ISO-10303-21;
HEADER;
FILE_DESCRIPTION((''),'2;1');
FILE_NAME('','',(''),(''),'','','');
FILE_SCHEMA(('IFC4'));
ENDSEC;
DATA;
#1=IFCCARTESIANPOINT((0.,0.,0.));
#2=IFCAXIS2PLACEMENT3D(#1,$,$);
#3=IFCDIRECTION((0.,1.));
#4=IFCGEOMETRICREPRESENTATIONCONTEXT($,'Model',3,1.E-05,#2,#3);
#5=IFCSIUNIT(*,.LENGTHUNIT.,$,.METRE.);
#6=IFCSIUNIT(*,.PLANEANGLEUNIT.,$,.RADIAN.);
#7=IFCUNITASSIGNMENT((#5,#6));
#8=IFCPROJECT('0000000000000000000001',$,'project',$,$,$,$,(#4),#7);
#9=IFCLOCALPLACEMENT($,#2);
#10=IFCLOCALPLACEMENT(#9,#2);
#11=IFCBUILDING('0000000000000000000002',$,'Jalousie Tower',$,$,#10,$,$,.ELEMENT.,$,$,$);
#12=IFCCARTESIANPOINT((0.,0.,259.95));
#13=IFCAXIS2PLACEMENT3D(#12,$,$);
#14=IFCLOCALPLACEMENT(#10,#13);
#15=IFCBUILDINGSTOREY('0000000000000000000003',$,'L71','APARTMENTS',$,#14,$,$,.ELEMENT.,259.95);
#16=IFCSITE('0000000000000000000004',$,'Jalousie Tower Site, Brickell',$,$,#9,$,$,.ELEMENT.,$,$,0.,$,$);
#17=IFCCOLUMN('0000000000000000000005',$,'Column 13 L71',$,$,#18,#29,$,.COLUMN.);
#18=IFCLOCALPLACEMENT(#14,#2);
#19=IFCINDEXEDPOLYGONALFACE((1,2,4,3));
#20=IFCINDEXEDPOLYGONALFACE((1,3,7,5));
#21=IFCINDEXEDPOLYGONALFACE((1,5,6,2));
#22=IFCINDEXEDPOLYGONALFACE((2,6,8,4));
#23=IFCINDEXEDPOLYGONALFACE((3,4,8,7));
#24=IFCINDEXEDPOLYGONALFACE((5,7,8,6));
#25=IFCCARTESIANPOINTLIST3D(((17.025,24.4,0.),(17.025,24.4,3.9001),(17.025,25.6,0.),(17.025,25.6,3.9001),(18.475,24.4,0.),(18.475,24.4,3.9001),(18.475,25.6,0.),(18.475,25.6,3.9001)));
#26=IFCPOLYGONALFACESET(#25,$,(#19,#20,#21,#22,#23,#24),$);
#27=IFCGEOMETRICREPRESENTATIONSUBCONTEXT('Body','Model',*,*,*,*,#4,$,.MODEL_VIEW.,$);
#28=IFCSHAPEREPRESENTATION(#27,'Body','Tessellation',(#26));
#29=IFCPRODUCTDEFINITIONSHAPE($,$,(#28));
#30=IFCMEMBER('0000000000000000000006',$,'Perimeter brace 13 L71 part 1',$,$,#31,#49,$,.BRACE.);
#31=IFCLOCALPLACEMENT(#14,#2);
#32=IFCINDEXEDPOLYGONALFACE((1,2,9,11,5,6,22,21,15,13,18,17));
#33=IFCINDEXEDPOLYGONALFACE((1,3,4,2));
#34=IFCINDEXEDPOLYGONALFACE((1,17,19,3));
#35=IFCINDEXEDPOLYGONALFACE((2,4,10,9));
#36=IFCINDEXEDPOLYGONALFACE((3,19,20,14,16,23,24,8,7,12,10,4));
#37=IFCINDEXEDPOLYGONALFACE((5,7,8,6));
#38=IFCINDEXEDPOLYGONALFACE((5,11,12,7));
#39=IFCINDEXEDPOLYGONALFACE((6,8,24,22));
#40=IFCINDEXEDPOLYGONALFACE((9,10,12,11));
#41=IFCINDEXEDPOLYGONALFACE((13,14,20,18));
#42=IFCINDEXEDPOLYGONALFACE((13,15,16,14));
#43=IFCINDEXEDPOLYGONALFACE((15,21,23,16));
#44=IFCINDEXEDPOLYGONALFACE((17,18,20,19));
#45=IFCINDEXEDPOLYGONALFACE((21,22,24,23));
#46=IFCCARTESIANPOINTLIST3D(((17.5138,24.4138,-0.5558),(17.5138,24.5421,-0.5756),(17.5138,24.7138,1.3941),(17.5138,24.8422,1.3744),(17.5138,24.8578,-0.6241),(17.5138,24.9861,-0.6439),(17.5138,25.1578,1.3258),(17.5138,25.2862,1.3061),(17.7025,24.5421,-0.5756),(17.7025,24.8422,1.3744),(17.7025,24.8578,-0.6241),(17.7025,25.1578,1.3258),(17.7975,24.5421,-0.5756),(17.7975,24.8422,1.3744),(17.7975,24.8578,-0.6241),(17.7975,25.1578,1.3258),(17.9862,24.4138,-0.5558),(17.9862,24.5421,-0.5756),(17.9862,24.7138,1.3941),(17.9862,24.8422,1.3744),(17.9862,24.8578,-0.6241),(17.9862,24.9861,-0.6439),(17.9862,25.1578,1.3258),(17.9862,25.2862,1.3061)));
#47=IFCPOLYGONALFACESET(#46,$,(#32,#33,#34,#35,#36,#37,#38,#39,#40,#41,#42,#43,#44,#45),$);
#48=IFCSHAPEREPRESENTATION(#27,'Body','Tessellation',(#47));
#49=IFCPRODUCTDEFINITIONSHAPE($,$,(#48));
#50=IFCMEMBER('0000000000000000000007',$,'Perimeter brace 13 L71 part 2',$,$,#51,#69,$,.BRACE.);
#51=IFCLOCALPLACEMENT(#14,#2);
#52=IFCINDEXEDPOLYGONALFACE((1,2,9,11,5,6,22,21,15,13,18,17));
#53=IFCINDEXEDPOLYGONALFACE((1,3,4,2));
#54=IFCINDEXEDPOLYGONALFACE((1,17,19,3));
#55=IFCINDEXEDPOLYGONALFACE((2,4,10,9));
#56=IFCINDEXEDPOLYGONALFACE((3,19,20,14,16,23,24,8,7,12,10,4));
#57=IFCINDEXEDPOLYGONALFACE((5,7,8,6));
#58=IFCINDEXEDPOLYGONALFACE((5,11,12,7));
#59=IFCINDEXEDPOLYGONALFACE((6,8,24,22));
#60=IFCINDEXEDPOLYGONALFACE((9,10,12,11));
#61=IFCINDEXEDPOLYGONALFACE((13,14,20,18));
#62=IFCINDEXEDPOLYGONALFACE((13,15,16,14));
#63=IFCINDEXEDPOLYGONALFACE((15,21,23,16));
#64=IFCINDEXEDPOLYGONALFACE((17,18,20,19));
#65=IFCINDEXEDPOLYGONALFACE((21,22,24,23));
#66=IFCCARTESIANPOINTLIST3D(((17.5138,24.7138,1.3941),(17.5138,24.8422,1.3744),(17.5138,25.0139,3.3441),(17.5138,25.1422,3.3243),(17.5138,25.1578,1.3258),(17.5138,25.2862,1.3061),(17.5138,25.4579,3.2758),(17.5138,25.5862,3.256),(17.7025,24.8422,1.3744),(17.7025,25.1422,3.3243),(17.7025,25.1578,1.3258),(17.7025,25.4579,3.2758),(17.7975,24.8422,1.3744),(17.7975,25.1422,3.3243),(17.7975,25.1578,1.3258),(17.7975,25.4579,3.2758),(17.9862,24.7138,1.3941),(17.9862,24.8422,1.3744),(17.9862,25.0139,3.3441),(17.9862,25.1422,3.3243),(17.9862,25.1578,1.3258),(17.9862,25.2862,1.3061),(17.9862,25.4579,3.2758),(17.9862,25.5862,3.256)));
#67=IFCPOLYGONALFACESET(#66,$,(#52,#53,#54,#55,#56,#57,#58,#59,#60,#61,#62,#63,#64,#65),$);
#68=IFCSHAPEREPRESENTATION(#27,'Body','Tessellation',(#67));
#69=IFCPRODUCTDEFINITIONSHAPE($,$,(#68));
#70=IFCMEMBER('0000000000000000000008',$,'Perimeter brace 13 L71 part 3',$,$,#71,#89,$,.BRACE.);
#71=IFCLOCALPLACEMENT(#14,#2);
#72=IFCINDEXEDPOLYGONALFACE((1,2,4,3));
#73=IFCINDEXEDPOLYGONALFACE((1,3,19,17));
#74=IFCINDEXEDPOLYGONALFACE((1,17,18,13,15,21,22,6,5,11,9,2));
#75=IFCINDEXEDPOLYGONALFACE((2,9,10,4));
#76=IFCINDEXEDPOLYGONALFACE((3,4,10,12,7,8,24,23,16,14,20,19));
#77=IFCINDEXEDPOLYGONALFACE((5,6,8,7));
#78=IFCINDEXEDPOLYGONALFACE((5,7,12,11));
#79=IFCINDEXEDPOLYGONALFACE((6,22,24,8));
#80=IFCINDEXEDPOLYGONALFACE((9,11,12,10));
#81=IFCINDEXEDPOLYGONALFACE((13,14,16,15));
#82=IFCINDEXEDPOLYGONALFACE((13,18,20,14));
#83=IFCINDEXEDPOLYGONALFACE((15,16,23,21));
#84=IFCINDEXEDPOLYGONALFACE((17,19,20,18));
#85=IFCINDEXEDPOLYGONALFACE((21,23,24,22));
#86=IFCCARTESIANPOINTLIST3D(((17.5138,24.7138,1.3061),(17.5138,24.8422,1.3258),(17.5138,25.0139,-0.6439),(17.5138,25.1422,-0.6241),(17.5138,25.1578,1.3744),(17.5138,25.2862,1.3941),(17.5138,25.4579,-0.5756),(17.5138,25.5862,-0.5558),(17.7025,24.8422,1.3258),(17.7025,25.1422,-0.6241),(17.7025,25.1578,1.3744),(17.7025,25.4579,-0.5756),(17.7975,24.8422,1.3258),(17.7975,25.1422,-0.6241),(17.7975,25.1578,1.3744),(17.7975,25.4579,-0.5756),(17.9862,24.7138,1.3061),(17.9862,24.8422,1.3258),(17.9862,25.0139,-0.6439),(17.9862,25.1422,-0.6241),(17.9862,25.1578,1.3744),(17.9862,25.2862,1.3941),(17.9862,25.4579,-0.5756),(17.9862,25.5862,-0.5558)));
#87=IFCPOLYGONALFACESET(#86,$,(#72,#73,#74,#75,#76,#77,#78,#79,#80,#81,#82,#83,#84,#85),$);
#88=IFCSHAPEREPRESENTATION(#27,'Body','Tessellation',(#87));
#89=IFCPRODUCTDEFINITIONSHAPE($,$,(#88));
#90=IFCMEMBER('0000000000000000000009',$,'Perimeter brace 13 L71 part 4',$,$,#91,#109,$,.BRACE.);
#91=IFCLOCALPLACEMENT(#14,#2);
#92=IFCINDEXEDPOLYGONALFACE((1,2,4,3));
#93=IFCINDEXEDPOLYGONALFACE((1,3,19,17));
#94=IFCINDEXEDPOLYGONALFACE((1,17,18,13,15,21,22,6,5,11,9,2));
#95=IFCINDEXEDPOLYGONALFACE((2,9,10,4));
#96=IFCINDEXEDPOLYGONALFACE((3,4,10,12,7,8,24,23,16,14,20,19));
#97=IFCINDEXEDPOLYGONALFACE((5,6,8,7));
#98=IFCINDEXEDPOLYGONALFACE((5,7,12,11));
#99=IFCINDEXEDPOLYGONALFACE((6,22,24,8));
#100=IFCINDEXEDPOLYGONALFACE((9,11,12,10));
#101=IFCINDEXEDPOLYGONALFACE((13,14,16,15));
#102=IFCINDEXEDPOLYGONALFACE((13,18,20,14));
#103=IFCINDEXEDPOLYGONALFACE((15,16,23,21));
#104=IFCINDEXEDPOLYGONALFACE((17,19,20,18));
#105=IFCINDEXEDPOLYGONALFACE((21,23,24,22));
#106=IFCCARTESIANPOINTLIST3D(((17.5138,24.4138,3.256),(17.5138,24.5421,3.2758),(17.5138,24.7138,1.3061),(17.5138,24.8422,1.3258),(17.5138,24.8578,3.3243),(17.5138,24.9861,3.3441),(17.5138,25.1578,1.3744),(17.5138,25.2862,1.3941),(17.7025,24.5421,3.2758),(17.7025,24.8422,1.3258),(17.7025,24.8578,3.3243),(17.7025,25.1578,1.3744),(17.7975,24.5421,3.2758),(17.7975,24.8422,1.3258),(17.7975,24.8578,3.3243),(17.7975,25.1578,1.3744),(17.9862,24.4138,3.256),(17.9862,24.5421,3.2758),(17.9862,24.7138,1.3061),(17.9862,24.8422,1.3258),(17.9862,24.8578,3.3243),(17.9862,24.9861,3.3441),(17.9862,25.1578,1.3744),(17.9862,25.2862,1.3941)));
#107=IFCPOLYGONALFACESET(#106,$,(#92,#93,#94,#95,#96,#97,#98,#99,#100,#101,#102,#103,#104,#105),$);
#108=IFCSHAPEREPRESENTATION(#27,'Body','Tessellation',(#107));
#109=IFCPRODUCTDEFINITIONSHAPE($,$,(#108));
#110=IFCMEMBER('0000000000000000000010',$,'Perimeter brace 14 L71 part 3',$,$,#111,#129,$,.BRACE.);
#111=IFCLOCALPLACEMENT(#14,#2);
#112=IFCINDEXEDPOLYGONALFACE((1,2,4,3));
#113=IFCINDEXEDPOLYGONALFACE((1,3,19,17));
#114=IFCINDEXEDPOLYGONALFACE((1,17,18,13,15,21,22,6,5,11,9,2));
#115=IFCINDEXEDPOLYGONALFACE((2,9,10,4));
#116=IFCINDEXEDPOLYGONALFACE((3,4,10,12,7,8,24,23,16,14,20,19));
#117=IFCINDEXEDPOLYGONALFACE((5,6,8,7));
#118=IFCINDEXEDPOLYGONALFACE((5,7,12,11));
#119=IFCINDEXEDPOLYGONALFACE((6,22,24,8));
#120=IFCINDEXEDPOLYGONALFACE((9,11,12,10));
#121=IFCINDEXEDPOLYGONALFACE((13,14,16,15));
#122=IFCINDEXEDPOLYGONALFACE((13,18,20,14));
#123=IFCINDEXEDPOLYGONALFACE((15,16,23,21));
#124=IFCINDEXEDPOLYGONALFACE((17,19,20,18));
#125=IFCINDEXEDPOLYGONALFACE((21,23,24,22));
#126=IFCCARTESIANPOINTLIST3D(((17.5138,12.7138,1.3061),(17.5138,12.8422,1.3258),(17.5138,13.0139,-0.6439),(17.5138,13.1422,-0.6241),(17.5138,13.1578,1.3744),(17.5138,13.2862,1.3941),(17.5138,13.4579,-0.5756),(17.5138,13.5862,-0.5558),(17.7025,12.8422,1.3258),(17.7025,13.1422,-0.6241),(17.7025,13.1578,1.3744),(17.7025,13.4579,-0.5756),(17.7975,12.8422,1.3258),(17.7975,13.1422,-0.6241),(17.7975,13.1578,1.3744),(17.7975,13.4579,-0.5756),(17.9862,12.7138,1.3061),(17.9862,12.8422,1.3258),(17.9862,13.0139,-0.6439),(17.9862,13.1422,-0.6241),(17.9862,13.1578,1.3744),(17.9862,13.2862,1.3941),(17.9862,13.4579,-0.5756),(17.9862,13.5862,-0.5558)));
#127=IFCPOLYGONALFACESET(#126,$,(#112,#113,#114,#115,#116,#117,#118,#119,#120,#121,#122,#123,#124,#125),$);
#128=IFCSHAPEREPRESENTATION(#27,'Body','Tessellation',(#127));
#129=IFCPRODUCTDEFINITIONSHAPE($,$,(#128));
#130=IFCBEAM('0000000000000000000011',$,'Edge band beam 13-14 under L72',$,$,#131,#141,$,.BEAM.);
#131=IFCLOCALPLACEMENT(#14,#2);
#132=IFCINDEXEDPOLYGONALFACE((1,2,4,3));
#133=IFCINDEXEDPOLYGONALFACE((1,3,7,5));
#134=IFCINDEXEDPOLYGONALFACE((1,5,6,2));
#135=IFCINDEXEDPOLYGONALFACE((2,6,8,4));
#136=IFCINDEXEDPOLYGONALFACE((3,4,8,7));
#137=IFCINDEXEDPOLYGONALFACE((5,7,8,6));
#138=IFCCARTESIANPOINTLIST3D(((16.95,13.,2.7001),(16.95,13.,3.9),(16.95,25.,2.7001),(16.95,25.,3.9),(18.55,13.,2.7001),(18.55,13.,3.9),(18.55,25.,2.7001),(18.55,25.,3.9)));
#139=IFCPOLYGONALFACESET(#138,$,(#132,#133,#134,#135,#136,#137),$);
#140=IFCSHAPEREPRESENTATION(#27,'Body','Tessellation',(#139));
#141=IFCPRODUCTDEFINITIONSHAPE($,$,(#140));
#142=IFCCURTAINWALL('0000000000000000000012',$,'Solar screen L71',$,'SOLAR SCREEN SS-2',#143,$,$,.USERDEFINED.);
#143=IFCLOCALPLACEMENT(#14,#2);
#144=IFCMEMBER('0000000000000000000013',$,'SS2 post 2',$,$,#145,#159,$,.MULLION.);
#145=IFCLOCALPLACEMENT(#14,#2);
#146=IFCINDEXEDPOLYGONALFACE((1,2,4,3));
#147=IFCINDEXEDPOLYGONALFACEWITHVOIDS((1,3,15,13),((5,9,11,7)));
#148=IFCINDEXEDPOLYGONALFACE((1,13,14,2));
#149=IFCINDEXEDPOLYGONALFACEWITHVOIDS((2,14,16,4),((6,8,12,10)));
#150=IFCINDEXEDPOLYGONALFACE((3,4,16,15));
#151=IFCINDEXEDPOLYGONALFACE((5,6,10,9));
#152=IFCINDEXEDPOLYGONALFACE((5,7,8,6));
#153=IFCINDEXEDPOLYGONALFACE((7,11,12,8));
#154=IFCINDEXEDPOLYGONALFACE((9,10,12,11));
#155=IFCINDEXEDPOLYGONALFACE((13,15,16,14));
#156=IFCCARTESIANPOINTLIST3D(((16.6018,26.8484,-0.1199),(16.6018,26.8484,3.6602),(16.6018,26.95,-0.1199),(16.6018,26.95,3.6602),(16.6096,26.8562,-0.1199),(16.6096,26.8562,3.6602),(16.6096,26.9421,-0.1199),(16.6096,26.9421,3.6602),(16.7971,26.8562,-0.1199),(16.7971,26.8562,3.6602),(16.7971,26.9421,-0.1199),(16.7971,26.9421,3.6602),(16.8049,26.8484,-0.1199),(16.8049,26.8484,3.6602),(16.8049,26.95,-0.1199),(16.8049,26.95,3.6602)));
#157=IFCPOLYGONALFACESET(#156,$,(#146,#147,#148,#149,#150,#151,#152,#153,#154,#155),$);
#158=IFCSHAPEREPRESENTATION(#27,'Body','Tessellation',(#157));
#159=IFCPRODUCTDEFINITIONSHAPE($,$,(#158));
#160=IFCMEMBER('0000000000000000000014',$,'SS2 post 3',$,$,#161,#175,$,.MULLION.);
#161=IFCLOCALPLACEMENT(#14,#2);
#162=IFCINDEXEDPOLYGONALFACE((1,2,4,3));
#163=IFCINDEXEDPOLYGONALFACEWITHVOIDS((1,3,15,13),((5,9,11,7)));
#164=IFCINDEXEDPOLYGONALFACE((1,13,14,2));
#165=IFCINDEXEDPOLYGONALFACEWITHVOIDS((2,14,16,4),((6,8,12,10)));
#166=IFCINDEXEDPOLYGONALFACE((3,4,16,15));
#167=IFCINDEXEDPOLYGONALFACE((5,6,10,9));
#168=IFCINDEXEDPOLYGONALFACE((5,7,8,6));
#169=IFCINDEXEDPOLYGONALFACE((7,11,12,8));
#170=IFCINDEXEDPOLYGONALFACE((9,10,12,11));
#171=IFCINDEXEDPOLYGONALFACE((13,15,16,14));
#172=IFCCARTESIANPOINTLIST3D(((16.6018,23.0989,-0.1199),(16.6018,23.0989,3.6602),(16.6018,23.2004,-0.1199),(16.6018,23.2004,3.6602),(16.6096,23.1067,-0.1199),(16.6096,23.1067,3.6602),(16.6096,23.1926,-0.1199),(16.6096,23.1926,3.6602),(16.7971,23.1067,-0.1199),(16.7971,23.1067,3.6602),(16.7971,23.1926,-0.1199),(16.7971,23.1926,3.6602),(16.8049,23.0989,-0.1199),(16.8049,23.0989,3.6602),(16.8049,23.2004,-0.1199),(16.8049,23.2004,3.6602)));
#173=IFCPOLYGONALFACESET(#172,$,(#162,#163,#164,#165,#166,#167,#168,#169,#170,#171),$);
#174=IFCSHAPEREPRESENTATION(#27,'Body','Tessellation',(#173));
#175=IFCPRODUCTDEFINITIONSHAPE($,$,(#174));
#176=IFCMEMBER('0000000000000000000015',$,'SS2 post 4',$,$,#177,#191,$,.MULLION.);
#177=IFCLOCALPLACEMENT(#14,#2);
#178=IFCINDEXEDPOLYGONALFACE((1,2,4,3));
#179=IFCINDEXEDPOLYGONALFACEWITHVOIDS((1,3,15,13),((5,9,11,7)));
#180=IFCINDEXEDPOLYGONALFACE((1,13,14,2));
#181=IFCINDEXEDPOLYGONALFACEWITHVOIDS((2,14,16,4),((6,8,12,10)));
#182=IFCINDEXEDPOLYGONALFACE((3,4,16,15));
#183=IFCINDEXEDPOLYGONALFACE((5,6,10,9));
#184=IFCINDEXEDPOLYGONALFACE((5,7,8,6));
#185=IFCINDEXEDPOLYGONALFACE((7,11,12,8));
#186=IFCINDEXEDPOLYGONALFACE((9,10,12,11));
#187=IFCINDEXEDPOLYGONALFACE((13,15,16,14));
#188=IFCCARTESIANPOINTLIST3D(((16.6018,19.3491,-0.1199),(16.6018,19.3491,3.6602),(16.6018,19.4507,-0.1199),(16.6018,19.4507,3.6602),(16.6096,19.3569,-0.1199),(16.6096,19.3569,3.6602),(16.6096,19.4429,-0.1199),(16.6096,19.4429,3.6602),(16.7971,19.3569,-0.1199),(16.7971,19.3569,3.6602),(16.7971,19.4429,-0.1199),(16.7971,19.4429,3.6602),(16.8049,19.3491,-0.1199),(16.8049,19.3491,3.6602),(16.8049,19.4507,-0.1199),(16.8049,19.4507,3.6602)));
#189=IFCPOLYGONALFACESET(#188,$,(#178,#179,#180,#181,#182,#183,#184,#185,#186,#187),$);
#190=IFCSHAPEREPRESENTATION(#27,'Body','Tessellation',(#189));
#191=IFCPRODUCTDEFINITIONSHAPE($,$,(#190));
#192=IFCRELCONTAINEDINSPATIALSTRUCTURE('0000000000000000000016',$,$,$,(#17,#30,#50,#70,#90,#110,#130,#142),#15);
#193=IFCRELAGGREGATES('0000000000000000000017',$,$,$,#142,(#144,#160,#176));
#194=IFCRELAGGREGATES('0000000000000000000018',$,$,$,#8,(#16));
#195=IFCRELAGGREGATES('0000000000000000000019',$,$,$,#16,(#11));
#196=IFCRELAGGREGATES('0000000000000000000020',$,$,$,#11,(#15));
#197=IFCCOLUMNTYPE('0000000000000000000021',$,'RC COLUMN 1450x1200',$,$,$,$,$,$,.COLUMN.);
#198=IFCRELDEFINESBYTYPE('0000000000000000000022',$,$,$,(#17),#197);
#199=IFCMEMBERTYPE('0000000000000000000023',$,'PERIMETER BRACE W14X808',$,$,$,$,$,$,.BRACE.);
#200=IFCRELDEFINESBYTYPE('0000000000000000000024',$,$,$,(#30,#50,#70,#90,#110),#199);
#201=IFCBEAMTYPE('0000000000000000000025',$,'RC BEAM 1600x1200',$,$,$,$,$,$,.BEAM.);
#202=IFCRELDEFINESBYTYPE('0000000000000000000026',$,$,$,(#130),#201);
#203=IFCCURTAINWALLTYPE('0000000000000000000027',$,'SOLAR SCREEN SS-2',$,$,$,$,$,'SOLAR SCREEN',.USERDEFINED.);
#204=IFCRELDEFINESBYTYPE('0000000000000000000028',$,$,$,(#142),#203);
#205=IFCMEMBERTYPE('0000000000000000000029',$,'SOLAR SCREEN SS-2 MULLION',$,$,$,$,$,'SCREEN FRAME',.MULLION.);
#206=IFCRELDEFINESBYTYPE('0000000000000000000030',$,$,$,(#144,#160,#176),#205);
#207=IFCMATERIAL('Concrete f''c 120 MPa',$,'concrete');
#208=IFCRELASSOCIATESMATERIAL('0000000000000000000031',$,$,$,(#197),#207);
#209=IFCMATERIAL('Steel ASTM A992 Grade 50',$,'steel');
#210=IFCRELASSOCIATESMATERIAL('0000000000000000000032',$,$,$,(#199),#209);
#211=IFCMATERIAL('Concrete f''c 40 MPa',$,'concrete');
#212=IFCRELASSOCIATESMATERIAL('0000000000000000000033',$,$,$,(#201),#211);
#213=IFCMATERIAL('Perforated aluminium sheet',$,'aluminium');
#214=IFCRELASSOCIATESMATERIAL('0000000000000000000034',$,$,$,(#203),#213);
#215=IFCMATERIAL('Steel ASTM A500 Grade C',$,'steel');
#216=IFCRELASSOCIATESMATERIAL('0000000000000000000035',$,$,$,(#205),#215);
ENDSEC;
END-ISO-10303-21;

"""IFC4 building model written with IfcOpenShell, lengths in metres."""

from ifc_helpers import new_model, si_unit, direction, frame, origin, origin_2d, place, context, subcontext, project, spatial, rectangle, hollow_rectangle, i_section, extrude, material, material_profile, profile_set, type_object, element, aggregate, save


model = new_model("IFC4")

# Units and contexts
model_context = context("Model", 3, precision=1e-05, world=origin(), true_north=direction((0.0, 1.0)))
body_context = subcontext(model_context, "Body", "Model", "MODEL_VIEW")
ifc_project = project(units=[si_unit("LENGTHUNIT", "METRE"), si_unit("PLANEANGLEUNIT", "RADIAN")], contexts=[model_context])

# Site, building, storey
site_placement = place(None, origin())
site = spatial("IfcSite", under=ifc_project, at=site_placement, Name="Jalousie Tower Site, Brickell", CompositionType="ELEMENT", RefElevation=0.0)
building_placement = place(site_placement, origin())
building = spatial("IfcBuilding", under=site, at=building_placement, Name="Jalousie Tower", CompositionType="ELEMENT")
storey_placement = place(building_placement, frame((0.0, 0.0, 259.95)))
storey = spatial("IfcBuildingStorey", under=building, at=storey_placement, Name="L71", Description="APARTMENTS", CompositionType="ELEMENT", Elevation=259.95)

# Column
ifc_material_1 = material(Name="Concrete f'c 120 MPa", Category="concrete")
ifc_material_profile_1 = material_profile(ifc_material_1, rectangle(XDim=1.45, YDim=1.2, at=origin_2d()), Name="RC 1450x1200")
ifc_profile_set_1 = profile_set([ifc_material_profile_1], Name="Concrete f'c 120 MPa")
column_type = type_object("IfcColumnType", Name="RC COLUMN 1450x1200", PredefinedType="COLUMN", material=ifc_profile_set_1)
column_placement = place(storey_placement, frame((17.75, 25.0, 0.0), z_axis=(0.0, 0.0, 1.0), x_axis=(1.0, 0.0, 0.0)))
element("IfcColumn", 1, at=column_placement, inside=storey, type_object=column_type, Name="Column 13 L71", PredefinedType="COLUMN", context=body_context, shape_type="SweptSolid", body=[
    extrude(rectangle(XDim=1.45, YDim=1.2, at=origin_2d()), origin(), (0.0, 0.0, 1.0), 3.9001),
])

# Members
ifc_material_2 = material(Name="Steel ASTM A992 Grade 50", Category="steel")
ifc_material_profile_2 = material_profile(ifc_material_2, i_section(OverallWidth=0.4724, OverallDepth=0.5791, WebThickness=0.095, FlangeThickness=0.1299, at=origin_2d()), Name="W14X808")
ifc_profile_set_2 = profile_set([ifc_material_profile_2], Name="Steel ASTM A992 Grade 50")
member_type_1 = type_object("IfcMemberType", Name="PERIMETER BRACE W14X808", PredefinedType="BRACE", material=ifc_profile_set_2)
for number, where, z_axis, x_axis, name in (
    (2, (17.75, 24.7, -0.5999), (0.0, 0.152085, 0.988367), (-1.0, 0.0, 0.0), "Perimeter brace 13 L71 part 1"),
    (3, (17.75, 25.0, 1.3501), (0.0, 0.152085, 0.988367), (-1.0, 0.0, 0.0), "Perimeter brace 13 L71 part 2"),
    (4, (17.75, 25.3, -0.5999), (0.0, -0.152085, 0.988367), (1.0, 0.0, 0.0), "Perimeter brace 13 L71 part 3"),
    (5, (17.75, 25.0, 1.3501), (0.0, -0.152085, 0.988367), (1.0, 0.0, 0.0), "Perimeter brace 13 L71 part 4"),
    (6, (17.75, 13.3, -0.5999), (0.0, -0.152085, 0.988367), (1.0, 0.0, 0.0), "Perimeter brace 14 L71 part 3"),
):
    element("IfcMember", number, at=place(storey_placement, frame(where, z_axis=z_axis, x_axis=x_axis)), inside=storey, type_object=member_type_1, Name=name, PredefinedType="BRACE", context=body_context, shape_type="SweptSolid", body=[
        extrude(i_section(OverallWidth=0.4724, OverallDepth=0.5791, WebThickness=0.095, FlangeThickness=0.1299, at=origin_2d()), origin(), (0.0, 0.0, 1.0), 1.9729),
    ])

# Beam
ifc_material_3 = material(Name="Concrete f'c 40 MPa", Category="concrete")
ifc_material_profile_3 = material_profile(ifc_material_3, rectangle(XDim=1.6001, YDim=1.2, at=origin_2d()), Name="RC 1600x1200")
ifc_profile_set_3 = profile_set([ifc_material_profile_3], Name="Concrete f'c 40 MPa")
beam_type = type_object("IfcBeamType", Name="RC BEAM 1600x1200", PredefinedType="BEAM", material=ifc_profile_set_3)
beam_placement = place(storey_placement, frame((17.75, 25.0, 3.3), z_axis=(0.0, -1.0, 0.0), x_axis=(1.0, 0.0, 0.0)))
element("IfcBeam", 7, at=beam_placement, inside=storey, type_object=beam_type, Name="Edge band beam 13-14 under L72", PredefinedType="BEAM", context=body_context, shape_type="SweptSolid", body=[
    extrude(rectangle(XDim=1.6001, YDim=1.2, at=origin_2d()), origin(), (0.0, 0.0, 1.0), 12.0),
])

# Curtain wall, members
ifc_material_4 = material(Name="Perforated aluminium sheet", Category="aluminium")
curtain_wall_type = type_object("IfcCurtainWallType", Name="SOLAR SCREEN SS-2", ElementType="SOLAR SCREEN", PredefinedType="USERDEFINED", material=ifc_material_4)
curtain_wall_1_placement = place(storey_placement, origin())
curtain_wall_1 = element("IfcCurtainWall", 8, at=curtain_wall_1_placement, inside=storey, type_object=curtain_wall_type, Name="Solar screen L71", ObjectType="SOLAR SCREEN SS-2", PredefinedType="USERDEFINED")
ifc_material_5 = material(Name="Steel ASTM A500 Grade C", Category="steel")
ifc_material_profile_4 = material_profile(ifc_material_5, hollow_rectangle(XDim=0.1016, YDim=0.2031, WallThickness=0.0078, at=origin_2d()), Name="HSS8X4X5/16")
ifc_profile_set_4 = profile_set([ifc_material_profile_4], Name="Steel ASTM A500 Grade C")
member_type_2 = type_object("IfcMemberType", Name="SOLAR SCREEN SS-2 MULLION", ElementType="SCREEN FRAME", PredefinedType="MULLION", material=ifc_profile_set_4)
member_1_placement = place(storey_placement, frame((16.7034, 26.8992, -0.1199), z_axis=(0.0, 0.0, 1.0), x_axis=(0.0, -1.0, 0.0)))
member_1 = element("IfcMember", 9, at=member_1_placement, type_object=member_type_2, Name="SS2 post 2", PredefinedType="MULLION", context=body_context, shape_type="SweptSolid", body=[
    extrude(hollow_rectangle(XDim=0.1016, YDim=0.2031, WallThickness=0.0078, at=origin_2d()), origin(), (0.0, 0.0, 1.0), 3.78),
])
member_2_placement = place(storey_placement, frame((16.7034, 23.1497, -0.1199), z_axis=(0.0, 0.0, 1.0), x_axis=(0.0, -1.0, 0.0)))
member_2 = element("IfcMember", 10, at=member_2_placement, type_object=member_type_2, Name="SS2 post 3", PredefinedType="MULLION", context=body_context, shape_type="SweptSolid", body=[
    extrude(hollow_rectangle(XDim=0.1016, YDim=0.2031, WallThickness=0.0078, at=origin_2d()), origin(), (0.0, 0.0, 1.0), 3.78),
])
member_3_placement = place(storey_placement, frame((16.7034, 19.3999, -0.1199), z_axis=(0.0, 0.0, 1.0), x_axis=(0.0, -1.0, 0.0)))
member_3 = element("IfcMember", 11, at=member_3_placement, type_object=member_type_2, Name="SS2 post 4", PredefinedType="MULLION", context=body_context, shape_type="SweptSolid", body=[
    extrude(hollow_rectangle(XDim=0.1016, YDim=0.2031, WallThickness=0.0078, at=origin_2d()), origin(), (0.0, 0.0, 1.0), 3.78),
])

aggregate(curtain_wall_1, [member_1, member_2, member_3])

save(model, "model.ifc")
